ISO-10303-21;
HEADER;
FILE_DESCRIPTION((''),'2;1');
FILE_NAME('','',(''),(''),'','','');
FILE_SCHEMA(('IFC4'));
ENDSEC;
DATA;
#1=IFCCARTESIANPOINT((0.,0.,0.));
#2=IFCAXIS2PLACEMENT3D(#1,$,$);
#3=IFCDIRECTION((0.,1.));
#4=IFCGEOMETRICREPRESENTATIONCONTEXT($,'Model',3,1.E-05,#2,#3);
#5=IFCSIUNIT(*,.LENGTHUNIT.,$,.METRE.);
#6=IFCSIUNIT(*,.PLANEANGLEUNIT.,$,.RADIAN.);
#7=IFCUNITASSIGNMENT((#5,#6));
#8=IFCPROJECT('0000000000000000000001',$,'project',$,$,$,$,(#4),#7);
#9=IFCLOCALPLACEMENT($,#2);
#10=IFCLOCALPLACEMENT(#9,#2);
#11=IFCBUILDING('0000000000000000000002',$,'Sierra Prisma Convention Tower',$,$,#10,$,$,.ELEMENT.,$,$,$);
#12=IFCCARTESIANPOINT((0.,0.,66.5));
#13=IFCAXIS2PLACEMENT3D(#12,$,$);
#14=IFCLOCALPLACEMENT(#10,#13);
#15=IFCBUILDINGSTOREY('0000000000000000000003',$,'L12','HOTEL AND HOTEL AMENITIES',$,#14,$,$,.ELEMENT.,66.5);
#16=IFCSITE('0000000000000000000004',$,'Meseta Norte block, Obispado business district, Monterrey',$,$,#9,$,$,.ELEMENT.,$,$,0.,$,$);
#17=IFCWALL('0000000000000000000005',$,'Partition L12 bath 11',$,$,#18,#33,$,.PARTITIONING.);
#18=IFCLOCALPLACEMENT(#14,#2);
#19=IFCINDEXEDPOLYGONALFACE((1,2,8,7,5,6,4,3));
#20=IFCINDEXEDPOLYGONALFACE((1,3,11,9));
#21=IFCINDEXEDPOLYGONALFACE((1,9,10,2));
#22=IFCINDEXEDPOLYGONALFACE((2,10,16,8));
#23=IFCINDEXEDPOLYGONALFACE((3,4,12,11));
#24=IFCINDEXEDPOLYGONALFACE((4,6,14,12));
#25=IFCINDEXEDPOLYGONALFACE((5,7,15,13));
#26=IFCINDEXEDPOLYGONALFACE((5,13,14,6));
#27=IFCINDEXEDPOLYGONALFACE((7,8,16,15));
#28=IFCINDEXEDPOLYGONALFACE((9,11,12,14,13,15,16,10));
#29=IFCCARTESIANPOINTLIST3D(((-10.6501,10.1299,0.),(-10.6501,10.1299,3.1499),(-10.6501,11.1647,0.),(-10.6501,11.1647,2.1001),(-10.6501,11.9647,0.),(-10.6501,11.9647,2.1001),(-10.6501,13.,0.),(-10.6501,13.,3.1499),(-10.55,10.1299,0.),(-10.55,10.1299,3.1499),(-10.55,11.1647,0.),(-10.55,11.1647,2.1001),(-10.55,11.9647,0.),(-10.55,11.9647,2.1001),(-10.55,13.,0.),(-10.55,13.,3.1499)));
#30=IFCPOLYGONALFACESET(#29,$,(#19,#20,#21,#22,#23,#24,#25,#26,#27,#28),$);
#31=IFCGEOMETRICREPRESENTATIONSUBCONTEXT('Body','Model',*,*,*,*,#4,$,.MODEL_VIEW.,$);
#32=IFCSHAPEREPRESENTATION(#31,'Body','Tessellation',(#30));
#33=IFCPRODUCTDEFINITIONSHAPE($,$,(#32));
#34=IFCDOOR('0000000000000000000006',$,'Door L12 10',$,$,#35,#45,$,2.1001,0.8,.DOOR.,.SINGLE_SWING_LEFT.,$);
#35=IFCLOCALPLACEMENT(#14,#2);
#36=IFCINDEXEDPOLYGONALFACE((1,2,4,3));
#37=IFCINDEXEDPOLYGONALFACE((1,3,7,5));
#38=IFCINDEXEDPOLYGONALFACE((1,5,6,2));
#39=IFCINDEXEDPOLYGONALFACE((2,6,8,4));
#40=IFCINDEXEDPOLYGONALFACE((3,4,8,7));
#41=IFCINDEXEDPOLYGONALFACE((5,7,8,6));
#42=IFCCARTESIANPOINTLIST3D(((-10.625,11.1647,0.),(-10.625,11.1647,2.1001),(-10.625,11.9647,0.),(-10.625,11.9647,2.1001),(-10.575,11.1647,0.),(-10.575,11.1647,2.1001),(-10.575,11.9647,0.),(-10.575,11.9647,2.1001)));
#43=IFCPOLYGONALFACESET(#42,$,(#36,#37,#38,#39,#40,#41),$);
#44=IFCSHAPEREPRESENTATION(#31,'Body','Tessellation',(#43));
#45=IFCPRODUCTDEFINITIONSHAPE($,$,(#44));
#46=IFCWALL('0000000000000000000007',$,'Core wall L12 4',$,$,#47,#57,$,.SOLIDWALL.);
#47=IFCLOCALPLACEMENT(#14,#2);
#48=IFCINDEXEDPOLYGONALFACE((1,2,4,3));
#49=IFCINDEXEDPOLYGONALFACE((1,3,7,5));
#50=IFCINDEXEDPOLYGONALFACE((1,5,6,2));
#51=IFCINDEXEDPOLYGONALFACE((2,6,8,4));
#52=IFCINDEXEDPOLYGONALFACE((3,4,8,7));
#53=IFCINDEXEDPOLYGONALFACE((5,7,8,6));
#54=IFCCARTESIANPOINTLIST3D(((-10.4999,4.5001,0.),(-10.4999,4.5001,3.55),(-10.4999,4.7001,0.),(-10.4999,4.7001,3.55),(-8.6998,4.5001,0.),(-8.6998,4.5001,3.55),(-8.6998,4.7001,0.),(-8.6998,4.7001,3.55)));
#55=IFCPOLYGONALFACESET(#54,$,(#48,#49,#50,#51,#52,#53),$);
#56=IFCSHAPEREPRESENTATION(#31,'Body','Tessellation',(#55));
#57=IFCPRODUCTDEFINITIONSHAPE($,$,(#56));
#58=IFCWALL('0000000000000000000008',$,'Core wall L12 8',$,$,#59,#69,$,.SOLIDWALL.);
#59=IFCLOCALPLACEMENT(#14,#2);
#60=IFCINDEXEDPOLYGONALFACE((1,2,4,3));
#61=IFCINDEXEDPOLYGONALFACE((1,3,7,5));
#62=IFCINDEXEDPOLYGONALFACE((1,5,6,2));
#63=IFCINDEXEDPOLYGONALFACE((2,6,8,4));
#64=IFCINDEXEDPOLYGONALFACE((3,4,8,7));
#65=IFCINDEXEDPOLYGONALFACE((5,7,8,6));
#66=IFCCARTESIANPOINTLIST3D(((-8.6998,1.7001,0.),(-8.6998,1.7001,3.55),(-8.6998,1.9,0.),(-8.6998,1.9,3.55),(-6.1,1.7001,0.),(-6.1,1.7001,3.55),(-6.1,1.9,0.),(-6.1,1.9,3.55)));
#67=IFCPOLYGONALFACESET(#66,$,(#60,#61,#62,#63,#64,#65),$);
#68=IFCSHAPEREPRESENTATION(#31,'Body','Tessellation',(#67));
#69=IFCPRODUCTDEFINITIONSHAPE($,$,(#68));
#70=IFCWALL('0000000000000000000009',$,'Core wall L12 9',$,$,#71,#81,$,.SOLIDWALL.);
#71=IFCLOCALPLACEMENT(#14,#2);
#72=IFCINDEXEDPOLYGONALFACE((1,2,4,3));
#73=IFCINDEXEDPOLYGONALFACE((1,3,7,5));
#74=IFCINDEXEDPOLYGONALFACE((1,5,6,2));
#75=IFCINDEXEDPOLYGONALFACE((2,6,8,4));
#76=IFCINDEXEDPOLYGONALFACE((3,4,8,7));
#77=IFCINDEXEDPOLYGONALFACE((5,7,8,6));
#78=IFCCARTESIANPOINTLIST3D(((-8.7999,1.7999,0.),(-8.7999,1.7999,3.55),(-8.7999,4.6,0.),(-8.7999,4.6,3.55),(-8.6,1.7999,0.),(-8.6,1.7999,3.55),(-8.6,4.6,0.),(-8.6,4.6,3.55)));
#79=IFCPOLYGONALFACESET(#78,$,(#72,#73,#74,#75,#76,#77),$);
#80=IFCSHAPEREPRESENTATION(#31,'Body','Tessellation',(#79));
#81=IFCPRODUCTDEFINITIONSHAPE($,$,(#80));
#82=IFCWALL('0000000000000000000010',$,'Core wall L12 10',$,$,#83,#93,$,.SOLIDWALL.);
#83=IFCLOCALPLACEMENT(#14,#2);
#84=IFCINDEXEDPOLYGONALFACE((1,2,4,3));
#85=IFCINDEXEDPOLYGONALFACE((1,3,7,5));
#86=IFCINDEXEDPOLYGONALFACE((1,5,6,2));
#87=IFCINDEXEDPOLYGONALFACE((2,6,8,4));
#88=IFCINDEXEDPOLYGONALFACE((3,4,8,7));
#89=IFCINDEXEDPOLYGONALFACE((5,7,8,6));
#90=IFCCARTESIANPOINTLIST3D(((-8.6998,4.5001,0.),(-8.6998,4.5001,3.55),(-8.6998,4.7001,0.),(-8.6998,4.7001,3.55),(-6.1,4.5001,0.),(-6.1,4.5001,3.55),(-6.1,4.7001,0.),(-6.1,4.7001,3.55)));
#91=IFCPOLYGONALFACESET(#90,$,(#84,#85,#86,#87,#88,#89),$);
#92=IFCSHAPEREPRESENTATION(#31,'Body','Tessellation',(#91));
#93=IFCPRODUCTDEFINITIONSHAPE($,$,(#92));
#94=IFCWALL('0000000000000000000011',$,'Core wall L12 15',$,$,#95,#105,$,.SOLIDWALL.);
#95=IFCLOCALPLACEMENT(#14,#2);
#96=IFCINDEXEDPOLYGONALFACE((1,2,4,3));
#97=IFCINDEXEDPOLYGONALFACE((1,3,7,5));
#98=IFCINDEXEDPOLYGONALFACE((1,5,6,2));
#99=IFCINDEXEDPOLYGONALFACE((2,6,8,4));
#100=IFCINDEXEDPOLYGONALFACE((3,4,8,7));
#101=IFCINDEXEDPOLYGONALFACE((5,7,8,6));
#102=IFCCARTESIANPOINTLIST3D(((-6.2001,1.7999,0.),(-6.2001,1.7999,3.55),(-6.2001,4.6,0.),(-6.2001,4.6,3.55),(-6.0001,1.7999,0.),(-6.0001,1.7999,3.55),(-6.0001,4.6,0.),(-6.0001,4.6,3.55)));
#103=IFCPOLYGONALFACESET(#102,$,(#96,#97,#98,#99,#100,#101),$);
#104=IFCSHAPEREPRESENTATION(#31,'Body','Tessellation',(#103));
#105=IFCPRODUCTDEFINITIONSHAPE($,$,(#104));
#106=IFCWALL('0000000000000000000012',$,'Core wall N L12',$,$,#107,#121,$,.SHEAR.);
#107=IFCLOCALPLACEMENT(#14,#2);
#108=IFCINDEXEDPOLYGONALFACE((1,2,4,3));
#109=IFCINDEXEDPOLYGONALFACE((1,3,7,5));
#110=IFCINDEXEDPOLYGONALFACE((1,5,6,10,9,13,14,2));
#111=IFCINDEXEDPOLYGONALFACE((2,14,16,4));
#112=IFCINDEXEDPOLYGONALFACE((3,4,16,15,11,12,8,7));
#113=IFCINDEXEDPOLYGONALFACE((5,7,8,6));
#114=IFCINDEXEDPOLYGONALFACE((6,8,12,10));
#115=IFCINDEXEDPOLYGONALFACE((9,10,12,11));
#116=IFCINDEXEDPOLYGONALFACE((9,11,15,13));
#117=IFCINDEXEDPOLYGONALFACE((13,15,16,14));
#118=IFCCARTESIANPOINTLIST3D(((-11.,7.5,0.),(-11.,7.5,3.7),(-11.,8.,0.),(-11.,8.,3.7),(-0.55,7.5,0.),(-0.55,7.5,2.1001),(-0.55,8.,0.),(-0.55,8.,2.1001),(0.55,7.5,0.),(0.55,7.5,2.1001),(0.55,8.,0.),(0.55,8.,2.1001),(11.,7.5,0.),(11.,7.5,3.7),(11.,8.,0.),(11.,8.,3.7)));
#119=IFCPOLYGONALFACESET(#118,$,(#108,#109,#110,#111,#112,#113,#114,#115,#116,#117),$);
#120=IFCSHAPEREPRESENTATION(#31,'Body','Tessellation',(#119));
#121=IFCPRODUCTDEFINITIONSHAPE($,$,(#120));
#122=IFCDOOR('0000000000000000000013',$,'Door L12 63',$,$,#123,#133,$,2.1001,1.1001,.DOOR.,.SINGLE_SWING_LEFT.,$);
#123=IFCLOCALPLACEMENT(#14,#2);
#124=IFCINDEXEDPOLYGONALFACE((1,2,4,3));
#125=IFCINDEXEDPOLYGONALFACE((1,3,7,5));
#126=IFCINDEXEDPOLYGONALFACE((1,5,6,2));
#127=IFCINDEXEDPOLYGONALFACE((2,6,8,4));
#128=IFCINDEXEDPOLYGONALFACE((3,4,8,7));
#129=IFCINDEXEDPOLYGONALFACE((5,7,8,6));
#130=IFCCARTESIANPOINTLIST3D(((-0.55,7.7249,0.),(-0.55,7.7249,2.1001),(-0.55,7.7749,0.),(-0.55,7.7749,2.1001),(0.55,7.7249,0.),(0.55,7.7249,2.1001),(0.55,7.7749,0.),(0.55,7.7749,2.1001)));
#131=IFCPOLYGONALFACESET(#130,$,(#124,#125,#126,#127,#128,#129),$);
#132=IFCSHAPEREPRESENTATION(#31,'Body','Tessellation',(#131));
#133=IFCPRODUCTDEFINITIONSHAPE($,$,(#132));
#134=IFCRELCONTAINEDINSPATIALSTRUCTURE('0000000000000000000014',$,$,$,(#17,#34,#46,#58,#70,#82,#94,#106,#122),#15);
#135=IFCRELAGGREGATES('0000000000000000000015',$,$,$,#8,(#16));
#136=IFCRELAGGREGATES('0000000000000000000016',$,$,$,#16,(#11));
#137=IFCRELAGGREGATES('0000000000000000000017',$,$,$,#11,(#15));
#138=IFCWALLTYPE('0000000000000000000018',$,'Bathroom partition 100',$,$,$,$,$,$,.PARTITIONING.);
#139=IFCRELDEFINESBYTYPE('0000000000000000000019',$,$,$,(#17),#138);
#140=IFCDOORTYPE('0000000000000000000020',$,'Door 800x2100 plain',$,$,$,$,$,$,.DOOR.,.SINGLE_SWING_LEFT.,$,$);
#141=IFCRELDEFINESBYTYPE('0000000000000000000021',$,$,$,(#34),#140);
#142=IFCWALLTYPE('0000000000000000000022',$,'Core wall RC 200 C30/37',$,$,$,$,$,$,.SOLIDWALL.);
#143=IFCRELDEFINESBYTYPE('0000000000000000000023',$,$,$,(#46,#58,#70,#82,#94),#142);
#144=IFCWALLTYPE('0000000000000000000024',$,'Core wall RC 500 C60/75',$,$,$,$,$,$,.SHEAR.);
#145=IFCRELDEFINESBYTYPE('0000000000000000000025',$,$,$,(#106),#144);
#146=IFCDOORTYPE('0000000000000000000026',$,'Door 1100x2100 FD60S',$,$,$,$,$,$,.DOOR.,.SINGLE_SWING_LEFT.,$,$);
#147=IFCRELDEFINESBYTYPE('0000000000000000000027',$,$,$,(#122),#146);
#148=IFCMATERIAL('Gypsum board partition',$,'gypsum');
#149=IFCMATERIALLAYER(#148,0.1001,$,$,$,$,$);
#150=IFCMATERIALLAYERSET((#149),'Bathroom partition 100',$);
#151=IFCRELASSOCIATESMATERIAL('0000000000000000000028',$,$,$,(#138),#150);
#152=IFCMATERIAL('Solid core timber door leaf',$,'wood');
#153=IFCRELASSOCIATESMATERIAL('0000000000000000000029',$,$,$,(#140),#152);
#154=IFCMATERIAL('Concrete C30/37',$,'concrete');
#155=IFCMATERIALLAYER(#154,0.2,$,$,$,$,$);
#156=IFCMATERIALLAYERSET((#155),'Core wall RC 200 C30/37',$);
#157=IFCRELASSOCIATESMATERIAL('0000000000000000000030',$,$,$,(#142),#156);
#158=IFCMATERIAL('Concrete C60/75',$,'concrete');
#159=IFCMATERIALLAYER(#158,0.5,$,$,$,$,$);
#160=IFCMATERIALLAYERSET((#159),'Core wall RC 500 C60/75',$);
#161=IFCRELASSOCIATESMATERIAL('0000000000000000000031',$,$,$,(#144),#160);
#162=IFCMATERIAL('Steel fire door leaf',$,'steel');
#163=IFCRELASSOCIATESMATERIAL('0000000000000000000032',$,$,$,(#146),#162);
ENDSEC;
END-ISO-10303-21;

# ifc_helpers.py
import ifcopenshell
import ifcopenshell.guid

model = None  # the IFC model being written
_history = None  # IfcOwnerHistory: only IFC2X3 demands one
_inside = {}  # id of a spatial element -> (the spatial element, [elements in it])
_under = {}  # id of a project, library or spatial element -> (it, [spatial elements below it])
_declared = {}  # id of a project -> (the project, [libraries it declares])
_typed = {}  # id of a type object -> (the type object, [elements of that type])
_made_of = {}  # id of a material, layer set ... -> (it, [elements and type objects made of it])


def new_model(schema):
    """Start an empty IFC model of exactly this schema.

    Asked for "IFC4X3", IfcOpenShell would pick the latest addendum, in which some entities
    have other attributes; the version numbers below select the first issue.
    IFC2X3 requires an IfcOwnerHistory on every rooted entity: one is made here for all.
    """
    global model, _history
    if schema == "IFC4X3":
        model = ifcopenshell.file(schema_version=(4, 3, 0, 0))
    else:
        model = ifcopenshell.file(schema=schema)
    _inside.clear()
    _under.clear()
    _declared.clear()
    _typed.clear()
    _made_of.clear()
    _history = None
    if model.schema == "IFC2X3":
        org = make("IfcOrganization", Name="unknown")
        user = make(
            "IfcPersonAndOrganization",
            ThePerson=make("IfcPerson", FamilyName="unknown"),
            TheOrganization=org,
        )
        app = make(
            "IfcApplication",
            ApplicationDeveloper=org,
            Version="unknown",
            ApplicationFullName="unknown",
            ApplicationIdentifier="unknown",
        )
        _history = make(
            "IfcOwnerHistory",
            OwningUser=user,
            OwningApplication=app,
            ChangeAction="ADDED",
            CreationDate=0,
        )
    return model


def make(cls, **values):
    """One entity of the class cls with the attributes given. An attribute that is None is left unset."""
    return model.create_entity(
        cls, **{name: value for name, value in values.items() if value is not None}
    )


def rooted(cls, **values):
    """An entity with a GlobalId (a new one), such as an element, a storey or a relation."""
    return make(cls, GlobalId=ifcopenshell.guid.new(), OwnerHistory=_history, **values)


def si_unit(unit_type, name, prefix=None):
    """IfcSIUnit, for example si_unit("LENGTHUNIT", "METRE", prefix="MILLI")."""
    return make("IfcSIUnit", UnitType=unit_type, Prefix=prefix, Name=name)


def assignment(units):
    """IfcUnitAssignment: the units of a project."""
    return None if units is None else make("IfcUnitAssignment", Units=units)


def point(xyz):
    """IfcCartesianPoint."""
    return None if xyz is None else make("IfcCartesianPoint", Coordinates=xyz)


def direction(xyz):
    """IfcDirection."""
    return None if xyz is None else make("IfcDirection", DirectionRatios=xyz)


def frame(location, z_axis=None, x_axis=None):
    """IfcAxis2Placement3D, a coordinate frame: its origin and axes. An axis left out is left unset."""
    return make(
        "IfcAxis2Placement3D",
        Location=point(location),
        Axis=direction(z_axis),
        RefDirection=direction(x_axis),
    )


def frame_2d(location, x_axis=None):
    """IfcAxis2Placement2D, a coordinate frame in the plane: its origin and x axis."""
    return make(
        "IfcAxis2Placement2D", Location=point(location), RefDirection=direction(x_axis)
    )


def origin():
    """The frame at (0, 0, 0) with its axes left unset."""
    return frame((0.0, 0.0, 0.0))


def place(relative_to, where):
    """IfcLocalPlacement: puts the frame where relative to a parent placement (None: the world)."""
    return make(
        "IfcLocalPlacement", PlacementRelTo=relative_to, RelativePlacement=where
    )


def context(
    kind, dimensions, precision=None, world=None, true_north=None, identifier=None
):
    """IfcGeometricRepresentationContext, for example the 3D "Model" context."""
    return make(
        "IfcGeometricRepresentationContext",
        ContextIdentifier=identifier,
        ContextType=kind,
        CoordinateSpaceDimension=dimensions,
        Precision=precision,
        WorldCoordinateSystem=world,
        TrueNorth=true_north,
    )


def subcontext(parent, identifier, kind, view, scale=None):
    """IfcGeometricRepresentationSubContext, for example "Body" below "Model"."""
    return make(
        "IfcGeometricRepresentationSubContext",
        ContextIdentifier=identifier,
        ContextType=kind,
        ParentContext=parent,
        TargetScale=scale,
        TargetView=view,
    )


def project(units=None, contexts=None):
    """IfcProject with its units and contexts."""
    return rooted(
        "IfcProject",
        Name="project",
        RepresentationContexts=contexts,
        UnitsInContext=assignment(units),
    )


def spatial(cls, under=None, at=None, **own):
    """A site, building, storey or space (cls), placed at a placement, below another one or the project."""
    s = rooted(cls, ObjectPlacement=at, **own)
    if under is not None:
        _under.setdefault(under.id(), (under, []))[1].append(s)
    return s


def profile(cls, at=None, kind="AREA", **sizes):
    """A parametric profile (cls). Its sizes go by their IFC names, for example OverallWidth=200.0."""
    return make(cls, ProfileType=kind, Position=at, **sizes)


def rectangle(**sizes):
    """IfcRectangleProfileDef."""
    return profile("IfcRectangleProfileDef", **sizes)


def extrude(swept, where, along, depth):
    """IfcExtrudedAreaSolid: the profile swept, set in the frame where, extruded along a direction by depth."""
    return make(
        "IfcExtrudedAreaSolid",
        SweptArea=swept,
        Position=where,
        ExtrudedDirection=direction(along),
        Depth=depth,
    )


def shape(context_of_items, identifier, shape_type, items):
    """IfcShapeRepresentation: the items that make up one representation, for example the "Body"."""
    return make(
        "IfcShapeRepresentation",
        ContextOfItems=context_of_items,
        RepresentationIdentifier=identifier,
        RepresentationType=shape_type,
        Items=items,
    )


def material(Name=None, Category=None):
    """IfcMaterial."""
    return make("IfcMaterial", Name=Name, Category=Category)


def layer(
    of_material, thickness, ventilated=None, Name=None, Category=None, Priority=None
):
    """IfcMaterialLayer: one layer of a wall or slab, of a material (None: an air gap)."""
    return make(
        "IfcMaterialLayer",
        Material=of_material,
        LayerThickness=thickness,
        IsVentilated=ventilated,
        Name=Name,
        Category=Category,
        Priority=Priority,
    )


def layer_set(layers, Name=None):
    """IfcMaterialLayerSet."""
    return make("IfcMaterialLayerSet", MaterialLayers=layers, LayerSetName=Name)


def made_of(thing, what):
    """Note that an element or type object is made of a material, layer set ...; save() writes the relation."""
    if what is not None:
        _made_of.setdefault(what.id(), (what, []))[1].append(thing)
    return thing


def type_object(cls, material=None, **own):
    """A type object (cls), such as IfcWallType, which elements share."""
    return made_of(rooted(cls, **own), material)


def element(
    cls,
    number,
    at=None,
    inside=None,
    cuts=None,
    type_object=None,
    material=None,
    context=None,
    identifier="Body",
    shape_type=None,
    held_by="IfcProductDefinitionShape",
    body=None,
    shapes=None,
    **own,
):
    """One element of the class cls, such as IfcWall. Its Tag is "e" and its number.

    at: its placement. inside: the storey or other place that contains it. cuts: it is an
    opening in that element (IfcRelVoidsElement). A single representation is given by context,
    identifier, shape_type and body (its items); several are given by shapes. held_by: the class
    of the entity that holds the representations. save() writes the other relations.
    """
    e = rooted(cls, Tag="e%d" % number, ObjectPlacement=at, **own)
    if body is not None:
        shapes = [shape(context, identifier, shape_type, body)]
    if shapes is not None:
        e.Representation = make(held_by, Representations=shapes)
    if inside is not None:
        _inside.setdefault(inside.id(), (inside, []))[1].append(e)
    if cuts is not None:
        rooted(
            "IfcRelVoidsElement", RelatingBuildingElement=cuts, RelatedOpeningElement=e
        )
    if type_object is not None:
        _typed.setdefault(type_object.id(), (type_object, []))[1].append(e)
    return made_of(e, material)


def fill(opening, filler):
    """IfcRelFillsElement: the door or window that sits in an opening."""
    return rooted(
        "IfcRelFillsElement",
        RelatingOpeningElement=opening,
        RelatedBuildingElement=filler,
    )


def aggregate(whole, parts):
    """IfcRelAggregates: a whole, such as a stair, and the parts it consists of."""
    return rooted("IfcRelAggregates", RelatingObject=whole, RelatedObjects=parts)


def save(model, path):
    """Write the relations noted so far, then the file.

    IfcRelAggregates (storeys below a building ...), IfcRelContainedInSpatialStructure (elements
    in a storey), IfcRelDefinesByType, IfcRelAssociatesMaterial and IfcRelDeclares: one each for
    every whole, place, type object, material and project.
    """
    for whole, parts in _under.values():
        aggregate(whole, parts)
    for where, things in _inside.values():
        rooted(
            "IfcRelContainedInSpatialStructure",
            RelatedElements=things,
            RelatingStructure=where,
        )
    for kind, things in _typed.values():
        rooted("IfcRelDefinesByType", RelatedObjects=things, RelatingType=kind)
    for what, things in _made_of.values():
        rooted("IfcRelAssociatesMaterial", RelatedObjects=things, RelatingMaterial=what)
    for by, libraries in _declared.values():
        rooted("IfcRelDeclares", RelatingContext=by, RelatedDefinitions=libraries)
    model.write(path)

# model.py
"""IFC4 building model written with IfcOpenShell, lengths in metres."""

from ifc_helpers import new_model, si_unit, direction, frame, frame_2d, origin, place, context, subcontext, project, spatial, rectangle, extrude, material, layer, layer_set, type_object, element, fill, save


model = new_model("IFC4")

# Units and contexts
model_context = context("Model", 3, precision=1e-05, world=origin(), true_north=direction((0.0, 1.0)))
body_context = subcontext(model_context, "Body", "Model", "MODEL_VIEW")
ifc_project = project(units=[si_unit("LENGTHUNIT", "METRE"), si_unit("PLANEANGLEUNIT", "RADIAN")], contexts=[model_context])

# Site, building, storey
site_placement = place(None, origin())
site = spatial("IfcSite", under=ifc_project, at=site_placement, Name="Meseta Norte block, Obispado business district, Monterrey", CompositionType="ELEMENT", RefElevation=0.0)
building_placement = place(site_placement, origin())
building = spatial("IfcBuilding", under=site, at=building_placement, Name="Sierra Prisma Convention Tower", CompositionType="ELEMENT")
storey_placement = place(building_placement, frame((0.0, 0.0, 66.5)))
storey = spatial("IfcBuildingStorey", under=building, at=storey_placement, Name="L12", Description="HOTEL AND HOTEL AMENITIES", CompositionType="ELEMENT", Elevation=66.5)

# Wall, opening, door
ifc_material_1 = material(Name="Gypsum board partition", Category="gypsum")
ifc_layer_1 = layer(ifc_material_1, 0.1001)
ifc_layer_set_1 = layer_set([ifc_layer_1], Name="Bathroom partition 100")
wall_type_1 = type_object("IfcWallType", Name="Bathroom partition 100", PredefinedType="PARTITIONING", material=ifc_layer_set_1)
wall_1_placement = place(storey_placement, frame((-10.6001, 10.1299, 0.0), z_axis=(0.0, 0.0, 1.0), x_axis=(0.0, 1.0, 0.0)))
wall_1 = element("IfcWall", 1, at=wall_1_placement, inside=storey, type_object=wall_type_1, Name="Partition L12 bath 11", PredefinedType="PARTITIONING", context=body_context, shape_type="SweptSolid", body=[
    extrude(rectangle(XDim=2.8701, YDim=0.1001, at=frame_2d((1.4351, 0.0))), origin(), (0.0, 0.0, 1.0), 3.1499),
])
opening_1_placement = place(wall_1_placement, frame((1.0349, 0.0, 0.0)))
opening_1 = element("IfcOpeningElement", 2, at=opening_1_placement, cuts=wall_1, PredefinedType="OPENING", context=body_context, shape_type="SweptSolid", body=[
    extrude(rectangle(XDim=0.8, YDim=2.1001, at=frame_2d((0.3999, 1.05))), frame((0.0, 0.05, 0.0), z_axis=(0.0, -1.0, 0.0), x_axis=(1.0, 0.0, 0.0)), (0.0, 0.0, 1.0), 0.1001),
])
ifc_material_2 = material(Name="Solid core timber door leaf", Category="wood")
door_type_1 = type_object("IfcDoorType", Name="Door 800x2100 plain", OperationType="SINGLE_SWING_LEFT", PredefinedType="DOOR", material=ifc_material_2)
door_1_placement = place(opening_1_placement, origin())
door_1 = element("IfcDoor", 3, at=door_1_placement, inside=storey, type_object=door_type_1, Name="Door L12 10", OperationType="SINGLE_SWING_LEFT", OverallHeight=2.1001, OverallWidth=0.8, PredefinedType="DOOR", context=body_context, shape_type="SweptSolid", body=[
    extrude(rectangle(XDim=0.8, YDim=2.1001, at=frame_2d((0.3999, 1.05))), frame((0.0, 0.0249, 0.0), z_axis=(0.0, -1.0, 0.0), x_axis=(1.0, 0.0, 0.0)), (0.0, 0.0, 1.0), 0.05),
])
fill(opening_1, door_1)
ifc_material_3 = material(Name="Concrete C30/37", Category="concrete")
ifc_layer_2 = layer(ifc_material_3, 0.2)
ifc_layer_set_2 = layer_set([ifc_layer_2], Name="Core wall RC 200 C30/37")
wall_type_2 = type_object("IfcWallType", Name="Core wall RC 200 C30/37", PredefinedType="SOLIDWALL", material=ifc_layer_set_2)

# Walls
wall_2_placement = place(storey_placement, frame((-8.7, 4.6001, 0.0), z_axis=(0.0, 0.0, 1.0), x_axis=(-1.0, 0.0, 0.0)))
element("IfcWall", 4, at=wall_2_placement, inside=storey, type_object=wall_type_2, Name="Core wall L12 4", PredefinedType="SOLIDWALL", context=body_context, shape_type="SweptSolid", body=[
    extrude(rectangle(XDim=1.8, YDim=0.2, at=frame_2d((0.8999, 0.0))), origin(), (0.0, 0.0, 1.0), 3.55),
])
wall_3_placement = place(storey_placement, frame((-6.1001, 1.8, 0.0), z_axis=(0.0, 0.0, 1.0), x_axis=(-1.0, 0.0, 0.0)))
element("IfcWall", 5, at=wall_3_placement, inside=storey, type_object=wall_type_2, Name="Core wall L12 8", PredefinedType="SOLIDWALL", context=body_context, shape_type="SweptSolid", body=[
    extrude(rectangle(XDim=2.5999, YDim=0.2, at=frame_2d((1.2998, 0.0))), origin(), (0.0, 0.0, 1.0), 3.55),
])
wall_4_placement = place(storey_placement, frame((-8.7, 1.8, 0.0), z_axis=(0.0, 0.0, 1.0), x_axis=(0.0, 1.0, 0.0)))
element("IfcWall", 6, at=wall_4_placement, inside=storey, type_object=wall_type_2, Name="Core wall L12 9", PredefinedType="SOLIDWALL", context=body_context, shape_type="SweptSolid", body=[
    extrude(rectangle(XDim=2.8, YDim=0.2, at=frame_2d((1.3999, 0.0))), origin(), (0.0, 0.0, 1.0), 3.55),
])
wall_5_placement = place(storey_placement, frame((-6.1001, 4.6001, 0.0), z_axis=(0.0, 0.0, 1.0), x_axis=(-1.0, 0.0, 0.0)))
element("IfcWall", 7, at=wall_5_placement, inside=storey, type_object=wall_type_2, Name="Core wall L12 10", PredefinedType="SOLIDWALL", context=body_context, shape_type="SweptSolid", body=[
    extrude(rectangle(XDim=2.5999, YDim=0.2, at=frame_2d((1.2998, 0.0))), origin(), (0.0, 0.0, 1.0), 3.55),
])

# Wall
wall_6_placement = place(storey_placement, frame((-6.1001, 1.8, 0.0), z_axis=(0.0, 0.0, 1.0), x_axis=(0.0, 1.0, 0.0)))
element("IfcWall", 8, at=wall_6_placement, inside=storey, type_object=wall_type_2, Name="Core wall L12 15", PredefinedType="SOLIDWALL", context=body_context, shape_type="SweptSolid", body=[
    extrude(rectangle(XDim=2.8, YDim=0.2, at=frame_2d((1.3999, 0.0))), origin(), (0.0, 0.0, 1.0), 3.55),
])

# Wall, opening, door
ifc_material_4 = material(Name="Concrete C60/75", Category="concrete")
ifc_layer_3 = layer(ifc_material_4, 0.5)
ifc_layer_set_3 = layer_set([ifc_layer_3], Name="Core wall RC 500 C60/75")
wall_type_3 = type_object("IfcWallType", Name="Core wall RC 500 C60/75", PredefinedType="SHEAR", material=ifc_layer_set_3)
wall_7_placement = place(storey_placement, frame((-11.0, 7.75, 0.0), z_axis=(0.0, 0.0, 1.0), x_axis=(1.0, 0.0, 0.0)))
wall_7 = element("IfcWall", 9, at=wall_7_placement, inside=storey, type_object=wall_type_3, Name="Core wall N L12", PredefinedType="SHEAR", context=body_context, shape_type="SweptSolid", body=[
    extrude(rectangle(XDim=22.0, YDim=0.5, at=frame_2d((11.0, 0.0))), origin(), (0.0, 0.0, 1.0), 3.7),
])
opening_2_placement = place(wall_7_placement, frame((10.45, 0.0, 0.0)))
opening_2 = element("IfcOpeningElement", 10, at=opening_2_placement, cuts=wall_7, PredefinedType="OPENING", context=body_context, shape_type="SweptSolid", body=[
    extrude(rectangle(XDim=1.1001, YDim=2.1001, at=frame_2d((0.55, 1.05))), frame((0.0, 0.25, 0.0), z_axis=(0.0, -1.0, 0.0), x_axis=(1.0, 0.0, 0.0)), (0.0, 0.0, 1.0), 0.5),
])
ifc_material_5 = material(Name="Steel fire door leaf", Category="steel")
door_type_2 = type_object("IfcDoorType", Name="Door 1100x2100 FD60S", OperationType="SINGLE_SWING_LEFT", PredefinedType="DOOR", material=ifc_material_5)
door_2_placement = place(opening_2_placement, origin())
door_2 = element("IfcDoor", 11, at=door_2_placement, inside=storey, type_object=door_type_2, Name="Door L12 63", OperationType="SINGLE_SWING_LEFT", OverallHeight=2.1001, OverallWidth=1.1001, PredefinedType="DOOR", context=body_context, shape_type="SweptSolid", body=[
    extrude(rectangle(XDim=1.1001, YDim=2.1001, at=frame_2d((0.55, 1.05))), frame((0.0, 0.0249, 0.0), z_axis=(0.0, -1.0, 0.0), x_axis=(1.0, 0.0, 0.0)), (0.0, 0.0, 1.0), 0.05),
])
fill(opening_2, door_2)

save(model, "model.ifc")
